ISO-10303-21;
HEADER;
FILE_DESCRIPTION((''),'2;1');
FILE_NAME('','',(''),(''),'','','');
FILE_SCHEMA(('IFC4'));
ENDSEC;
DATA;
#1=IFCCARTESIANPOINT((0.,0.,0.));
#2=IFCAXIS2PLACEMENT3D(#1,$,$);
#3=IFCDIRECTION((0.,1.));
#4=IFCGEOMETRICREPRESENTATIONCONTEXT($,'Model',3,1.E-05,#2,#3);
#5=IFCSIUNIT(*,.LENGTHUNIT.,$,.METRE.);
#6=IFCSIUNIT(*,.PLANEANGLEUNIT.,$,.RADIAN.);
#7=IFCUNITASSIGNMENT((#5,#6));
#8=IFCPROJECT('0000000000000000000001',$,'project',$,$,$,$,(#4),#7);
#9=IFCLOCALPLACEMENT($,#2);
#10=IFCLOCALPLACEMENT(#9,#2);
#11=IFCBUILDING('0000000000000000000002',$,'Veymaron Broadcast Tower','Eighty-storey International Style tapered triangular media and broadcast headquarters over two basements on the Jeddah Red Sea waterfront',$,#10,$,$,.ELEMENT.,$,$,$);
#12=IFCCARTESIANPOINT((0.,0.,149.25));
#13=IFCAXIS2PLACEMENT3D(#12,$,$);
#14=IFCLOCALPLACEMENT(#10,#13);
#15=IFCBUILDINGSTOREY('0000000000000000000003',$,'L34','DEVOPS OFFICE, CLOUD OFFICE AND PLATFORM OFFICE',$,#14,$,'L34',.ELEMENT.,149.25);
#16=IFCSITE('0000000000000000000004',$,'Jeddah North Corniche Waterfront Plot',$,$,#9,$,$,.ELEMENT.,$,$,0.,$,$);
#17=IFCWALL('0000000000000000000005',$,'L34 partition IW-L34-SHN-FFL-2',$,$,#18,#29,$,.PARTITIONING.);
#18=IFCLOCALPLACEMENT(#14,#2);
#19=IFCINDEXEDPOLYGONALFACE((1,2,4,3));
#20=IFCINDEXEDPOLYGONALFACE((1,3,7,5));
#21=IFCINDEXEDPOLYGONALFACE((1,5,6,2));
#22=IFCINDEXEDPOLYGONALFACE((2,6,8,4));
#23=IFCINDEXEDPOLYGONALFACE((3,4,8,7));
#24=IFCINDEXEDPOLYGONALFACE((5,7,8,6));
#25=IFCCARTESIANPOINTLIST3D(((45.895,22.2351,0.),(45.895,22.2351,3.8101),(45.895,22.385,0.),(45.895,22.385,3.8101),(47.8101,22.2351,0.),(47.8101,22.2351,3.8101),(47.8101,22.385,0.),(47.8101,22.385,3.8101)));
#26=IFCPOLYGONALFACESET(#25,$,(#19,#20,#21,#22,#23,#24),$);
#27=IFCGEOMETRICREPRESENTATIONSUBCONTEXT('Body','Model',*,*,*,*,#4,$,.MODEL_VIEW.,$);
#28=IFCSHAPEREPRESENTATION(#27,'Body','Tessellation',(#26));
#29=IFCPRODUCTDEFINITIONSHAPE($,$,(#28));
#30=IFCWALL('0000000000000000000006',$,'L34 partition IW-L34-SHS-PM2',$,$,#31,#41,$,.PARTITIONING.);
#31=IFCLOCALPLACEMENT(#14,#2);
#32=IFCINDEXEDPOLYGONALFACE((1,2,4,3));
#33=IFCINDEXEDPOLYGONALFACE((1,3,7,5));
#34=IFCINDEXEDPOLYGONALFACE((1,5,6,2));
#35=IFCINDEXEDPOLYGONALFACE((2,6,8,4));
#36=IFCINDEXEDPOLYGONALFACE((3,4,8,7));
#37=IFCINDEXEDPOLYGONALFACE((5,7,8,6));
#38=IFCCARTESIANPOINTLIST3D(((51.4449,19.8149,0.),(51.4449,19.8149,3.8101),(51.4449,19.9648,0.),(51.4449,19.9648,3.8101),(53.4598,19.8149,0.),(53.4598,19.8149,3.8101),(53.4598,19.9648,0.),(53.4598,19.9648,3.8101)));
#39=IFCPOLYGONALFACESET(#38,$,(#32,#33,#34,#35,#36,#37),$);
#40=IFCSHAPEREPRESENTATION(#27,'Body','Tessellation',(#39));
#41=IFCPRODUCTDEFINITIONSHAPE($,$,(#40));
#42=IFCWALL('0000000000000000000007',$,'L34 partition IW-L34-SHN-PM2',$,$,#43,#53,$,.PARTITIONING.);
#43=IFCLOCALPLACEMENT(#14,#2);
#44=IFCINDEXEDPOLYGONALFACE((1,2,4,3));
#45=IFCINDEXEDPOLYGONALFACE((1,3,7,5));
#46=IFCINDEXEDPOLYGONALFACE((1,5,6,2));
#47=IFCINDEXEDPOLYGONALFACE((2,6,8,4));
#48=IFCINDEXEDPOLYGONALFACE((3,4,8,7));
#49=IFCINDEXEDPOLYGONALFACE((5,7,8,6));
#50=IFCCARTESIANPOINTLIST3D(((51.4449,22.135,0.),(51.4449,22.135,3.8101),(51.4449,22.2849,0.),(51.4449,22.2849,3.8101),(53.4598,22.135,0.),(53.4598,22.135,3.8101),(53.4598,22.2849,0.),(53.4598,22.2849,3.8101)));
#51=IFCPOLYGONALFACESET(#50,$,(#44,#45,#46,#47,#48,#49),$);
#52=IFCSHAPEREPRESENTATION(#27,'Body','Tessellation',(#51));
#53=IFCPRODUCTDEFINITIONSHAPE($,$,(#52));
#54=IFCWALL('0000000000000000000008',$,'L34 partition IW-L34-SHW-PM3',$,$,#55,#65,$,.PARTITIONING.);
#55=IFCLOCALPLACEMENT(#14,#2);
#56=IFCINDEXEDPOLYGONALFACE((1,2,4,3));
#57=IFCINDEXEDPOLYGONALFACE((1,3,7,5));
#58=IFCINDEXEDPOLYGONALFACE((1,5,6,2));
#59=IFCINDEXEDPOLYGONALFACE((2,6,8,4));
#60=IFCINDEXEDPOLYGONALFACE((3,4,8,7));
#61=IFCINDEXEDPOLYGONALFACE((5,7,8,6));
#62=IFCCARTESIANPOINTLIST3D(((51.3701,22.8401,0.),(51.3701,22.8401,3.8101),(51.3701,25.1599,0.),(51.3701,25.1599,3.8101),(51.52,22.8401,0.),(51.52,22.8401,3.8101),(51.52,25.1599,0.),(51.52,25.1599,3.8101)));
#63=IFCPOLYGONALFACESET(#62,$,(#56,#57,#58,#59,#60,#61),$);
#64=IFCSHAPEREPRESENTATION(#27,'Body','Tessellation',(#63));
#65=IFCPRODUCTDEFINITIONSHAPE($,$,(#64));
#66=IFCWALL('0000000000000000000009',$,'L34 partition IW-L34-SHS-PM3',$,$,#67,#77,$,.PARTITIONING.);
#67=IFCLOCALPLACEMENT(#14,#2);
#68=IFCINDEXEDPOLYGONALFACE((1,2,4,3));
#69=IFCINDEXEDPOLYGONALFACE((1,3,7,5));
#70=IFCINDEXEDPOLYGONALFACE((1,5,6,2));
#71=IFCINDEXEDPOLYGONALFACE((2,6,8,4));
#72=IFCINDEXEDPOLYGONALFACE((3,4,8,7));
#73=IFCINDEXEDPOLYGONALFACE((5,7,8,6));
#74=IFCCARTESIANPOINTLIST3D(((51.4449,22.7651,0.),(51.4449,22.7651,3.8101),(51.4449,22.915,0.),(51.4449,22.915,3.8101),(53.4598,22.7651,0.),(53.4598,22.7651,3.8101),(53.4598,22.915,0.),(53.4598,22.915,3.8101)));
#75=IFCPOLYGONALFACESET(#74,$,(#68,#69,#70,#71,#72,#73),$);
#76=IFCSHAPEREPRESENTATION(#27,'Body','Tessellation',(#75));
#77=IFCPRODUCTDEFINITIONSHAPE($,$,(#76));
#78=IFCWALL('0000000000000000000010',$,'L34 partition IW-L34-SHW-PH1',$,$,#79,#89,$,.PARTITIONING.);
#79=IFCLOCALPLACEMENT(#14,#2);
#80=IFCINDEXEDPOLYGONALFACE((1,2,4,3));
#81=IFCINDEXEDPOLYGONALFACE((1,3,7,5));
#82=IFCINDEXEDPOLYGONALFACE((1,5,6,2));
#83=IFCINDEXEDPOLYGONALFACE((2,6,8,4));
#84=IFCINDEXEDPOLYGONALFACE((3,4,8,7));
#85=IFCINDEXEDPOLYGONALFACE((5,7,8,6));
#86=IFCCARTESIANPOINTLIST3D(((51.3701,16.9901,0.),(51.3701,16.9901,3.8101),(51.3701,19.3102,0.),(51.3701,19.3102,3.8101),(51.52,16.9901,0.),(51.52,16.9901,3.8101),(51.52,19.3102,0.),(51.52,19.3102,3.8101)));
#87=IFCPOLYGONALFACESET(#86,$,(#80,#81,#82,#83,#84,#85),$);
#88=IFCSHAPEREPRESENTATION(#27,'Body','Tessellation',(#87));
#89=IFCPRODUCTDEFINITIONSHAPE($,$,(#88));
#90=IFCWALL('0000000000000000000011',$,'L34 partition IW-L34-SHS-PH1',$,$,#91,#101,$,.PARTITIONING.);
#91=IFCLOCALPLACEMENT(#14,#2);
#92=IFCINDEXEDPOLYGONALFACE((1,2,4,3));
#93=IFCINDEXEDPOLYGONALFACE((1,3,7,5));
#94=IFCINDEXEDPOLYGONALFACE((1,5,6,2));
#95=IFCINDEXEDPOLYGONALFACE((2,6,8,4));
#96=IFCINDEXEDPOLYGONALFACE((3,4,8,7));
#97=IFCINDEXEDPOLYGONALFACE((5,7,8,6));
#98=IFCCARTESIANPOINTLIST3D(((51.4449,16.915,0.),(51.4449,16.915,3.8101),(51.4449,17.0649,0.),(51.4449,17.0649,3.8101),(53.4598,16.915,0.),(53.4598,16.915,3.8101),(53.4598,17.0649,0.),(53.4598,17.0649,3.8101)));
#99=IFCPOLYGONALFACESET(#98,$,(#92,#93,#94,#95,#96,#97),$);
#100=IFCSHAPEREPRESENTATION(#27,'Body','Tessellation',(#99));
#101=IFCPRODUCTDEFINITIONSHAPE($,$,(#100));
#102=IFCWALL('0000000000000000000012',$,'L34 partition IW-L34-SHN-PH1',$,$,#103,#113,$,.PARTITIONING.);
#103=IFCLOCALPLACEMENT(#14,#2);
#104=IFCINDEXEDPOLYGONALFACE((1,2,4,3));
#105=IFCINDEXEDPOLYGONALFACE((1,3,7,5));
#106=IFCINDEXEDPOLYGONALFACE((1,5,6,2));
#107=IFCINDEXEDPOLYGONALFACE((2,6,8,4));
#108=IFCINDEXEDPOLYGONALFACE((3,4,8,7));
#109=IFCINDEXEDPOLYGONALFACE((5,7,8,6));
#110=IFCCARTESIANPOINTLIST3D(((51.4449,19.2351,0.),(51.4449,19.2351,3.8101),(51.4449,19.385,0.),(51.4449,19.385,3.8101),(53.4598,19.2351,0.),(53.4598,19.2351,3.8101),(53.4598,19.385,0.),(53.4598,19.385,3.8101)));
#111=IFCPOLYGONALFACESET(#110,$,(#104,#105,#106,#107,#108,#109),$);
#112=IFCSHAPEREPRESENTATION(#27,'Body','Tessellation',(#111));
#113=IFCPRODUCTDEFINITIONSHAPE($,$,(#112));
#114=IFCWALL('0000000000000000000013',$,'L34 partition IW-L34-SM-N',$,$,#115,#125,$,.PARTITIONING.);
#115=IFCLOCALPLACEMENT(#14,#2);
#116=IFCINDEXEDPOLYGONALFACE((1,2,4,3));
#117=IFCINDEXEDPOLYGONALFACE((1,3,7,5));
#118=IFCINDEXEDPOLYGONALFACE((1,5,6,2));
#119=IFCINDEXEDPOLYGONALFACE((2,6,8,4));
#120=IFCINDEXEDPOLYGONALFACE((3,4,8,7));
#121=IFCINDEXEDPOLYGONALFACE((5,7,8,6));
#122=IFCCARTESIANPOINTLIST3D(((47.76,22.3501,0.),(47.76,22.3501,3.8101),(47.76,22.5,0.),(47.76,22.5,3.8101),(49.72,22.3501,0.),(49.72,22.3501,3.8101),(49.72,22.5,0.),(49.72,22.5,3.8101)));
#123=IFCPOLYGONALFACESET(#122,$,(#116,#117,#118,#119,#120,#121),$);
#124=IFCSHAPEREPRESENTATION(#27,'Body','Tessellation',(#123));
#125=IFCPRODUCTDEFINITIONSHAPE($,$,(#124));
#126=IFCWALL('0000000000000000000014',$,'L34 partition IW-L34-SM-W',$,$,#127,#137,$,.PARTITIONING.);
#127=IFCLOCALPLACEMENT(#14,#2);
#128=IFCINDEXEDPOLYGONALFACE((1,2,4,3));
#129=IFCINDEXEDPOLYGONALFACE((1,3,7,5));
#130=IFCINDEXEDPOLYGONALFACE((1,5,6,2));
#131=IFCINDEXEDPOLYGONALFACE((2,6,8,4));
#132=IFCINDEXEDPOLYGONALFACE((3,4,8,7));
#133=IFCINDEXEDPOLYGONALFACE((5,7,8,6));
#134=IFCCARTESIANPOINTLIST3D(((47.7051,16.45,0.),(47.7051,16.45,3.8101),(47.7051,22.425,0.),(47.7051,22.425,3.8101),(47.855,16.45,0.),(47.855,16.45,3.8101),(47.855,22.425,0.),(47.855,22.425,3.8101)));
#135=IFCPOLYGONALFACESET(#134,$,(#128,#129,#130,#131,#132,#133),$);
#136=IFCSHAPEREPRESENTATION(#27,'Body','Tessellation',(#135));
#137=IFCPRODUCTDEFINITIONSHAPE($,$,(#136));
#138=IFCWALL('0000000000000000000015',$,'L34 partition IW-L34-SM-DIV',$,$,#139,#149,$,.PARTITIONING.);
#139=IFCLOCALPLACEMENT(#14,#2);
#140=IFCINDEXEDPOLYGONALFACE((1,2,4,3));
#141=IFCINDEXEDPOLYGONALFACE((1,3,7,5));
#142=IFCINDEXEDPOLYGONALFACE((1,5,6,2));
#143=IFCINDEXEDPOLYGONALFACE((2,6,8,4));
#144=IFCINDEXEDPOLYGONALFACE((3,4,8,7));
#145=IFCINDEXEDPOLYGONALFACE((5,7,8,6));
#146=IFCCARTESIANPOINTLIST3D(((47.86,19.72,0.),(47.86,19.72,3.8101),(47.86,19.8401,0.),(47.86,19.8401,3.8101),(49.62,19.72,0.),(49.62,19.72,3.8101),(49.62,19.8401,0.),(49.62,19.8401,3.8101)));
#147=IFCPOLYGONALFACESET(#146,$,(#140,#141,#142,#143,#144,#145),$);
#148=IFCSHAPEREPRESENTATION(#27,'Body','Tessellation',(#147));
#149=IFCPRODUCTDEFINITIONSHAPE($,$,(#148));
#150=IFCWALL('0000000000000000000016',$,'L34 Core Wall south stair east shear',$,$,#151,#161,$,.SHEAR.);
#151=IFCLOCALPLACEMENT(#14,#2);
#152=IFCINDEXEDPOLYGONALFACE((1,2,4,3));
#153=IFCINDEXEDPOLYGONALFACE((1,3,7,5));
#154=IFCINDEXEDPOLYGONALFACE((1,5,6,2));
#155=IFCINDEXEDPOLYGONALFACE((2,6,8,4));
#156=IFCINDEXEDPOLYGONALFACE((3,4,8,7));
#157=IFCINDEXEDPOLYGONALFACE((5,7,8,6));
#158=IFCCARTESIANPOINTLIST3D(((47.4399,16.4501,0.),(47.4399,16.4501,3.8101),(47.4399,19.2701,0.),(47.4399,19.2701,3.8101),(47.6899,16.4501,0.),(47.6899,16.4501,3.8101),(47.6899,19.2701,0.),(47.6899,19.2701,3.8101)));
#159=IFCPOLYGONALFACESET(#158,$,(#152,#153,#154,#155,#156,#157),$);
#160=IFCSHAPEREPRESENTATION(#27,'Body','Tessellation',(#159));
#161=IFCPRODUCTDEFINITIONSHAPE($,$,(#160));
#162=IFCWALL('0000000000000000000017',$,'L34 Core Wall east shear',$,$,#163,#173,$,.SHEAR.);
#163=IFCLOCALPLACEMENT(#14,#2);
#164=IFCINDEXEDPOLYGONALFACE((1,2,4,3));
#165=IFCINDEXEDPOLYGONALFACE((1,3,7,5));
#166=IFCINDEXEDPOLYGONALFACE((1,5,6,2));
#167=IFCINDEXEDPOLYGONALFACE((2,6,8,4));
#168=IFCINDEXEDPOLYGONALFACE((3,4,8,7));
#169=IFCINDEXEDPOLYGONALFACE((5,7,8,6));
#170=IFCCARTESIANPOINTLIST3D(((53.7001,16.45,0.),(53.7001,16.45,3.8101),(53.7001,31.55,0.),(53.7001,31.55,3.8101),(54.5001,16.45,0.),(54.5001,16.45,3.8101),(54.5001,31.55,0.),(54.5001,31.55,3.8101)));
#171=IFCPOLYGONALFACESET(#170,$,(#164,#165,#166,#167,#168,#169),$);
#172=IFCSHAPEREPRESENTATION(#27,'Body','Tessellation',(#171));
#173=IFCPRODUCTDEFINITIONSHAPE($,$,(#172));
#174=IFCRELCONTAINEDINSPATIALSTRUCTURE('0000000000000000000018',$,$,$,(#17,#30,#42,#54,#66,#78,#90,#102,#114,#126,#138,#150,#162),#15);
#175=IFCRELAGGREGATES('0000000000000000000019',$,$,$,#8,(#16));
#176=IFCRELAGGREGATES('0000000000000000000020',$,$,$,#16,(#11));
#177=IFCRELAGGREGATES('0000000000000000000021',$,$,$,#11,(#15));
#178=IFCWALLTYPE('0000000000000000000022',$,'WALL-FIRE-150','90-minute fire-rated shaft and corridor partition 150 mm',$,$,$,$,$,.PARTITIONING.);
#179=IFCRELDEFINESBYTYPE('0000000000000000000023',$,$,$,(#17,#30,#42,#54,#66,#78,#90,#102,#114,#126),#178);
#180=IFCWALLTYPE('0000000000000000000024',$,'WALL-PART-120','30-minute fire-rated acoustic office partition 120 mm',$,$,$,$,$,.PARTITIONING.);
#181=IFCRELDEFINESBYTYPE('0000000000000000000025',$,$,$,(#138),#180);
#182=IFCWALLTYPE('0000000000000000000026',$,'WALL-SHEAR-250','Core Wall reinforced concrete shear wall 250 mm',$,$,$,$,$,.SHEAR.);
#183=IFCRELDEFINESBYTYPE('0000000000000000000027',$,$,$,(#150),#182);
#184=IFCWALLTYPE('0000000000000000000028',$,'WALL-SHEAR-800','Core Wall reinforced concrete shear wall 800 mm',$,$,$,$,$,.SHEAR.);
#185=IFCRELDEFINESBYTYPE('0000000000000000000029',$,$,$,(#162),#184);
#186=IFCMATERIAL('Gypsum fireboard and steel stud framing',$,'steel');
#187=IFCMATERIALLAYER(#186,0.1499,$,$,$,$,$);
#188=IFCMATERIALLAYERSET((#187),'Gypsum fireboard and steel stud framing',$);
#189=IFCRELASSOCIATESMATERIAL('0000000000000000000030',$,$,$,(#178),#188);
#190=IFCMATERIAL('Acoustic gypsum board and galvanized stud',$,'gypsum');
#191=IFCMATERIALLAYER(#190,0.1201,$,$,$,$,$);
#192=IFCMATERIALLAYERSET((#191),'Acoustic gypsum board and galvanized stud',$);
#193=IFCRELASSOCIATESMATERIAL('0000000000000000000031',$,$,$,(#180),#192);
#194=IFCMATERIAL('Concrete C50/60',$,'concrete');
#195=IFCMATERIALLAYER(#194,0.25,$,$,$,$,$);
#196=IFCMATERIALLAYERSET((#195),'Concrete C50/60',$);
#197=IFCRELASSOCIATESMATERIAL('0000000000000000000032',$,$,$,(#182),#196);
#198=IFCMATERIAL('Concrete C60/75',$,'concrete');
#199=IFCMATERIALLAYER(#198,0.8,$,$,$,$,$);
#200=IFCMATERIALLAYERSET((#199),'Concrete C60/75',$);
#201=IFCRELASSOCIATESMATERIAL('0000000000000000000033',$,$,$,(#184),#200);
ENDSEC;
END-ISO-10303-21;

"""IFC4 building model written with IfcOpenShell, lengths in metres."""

from ifc_helpers import new_model, si_unit, direction, frame, frame_2d, origin, place, context, subcontext, project, spatial, rectangle, extrude, material, layer, layer_set, type_object, element, save


model = new_model("IFC4")

# Units and contexts
model_context = context("Model", 3, precision=1e-05, world=origin(), true_north=direction((0.0, 1.0)))
body_context = subcontext(model_context, "Body", "Model", "MODEL_VIEW")
ifc_project = project(units=[si_unit("LENGTHUNIT", "METRE"), si_unit("PLANEANGLEUNIT", "RADIAN")], contexts=[model_context])

# Site, building, storey
site_placement = place(None, origin())
site = spatial("IfcSite", under=ifc_project, at=site_placement, Name="Jeddah North Corniche Waterfront Plot", CompositionType="ELEMENT", RefElevation=0.0)
building_placement = place(site_placement, origin())
building = spatial("IfcBuilding", under=site, at=building_placement, Name="Veymaron Broadcast Tower", Description="Eighty-storey International Style tapered triangular media and broadcast headquarters over two basements on the Jeddah Red Sea waterfront", CompositionType="ELEMENT")
storey_placement = place(building_placement, frame((0.0, 0.0, 149.25)))
storey = spatial("IfcBuildingStorey", under=building, at=storey_placement, Name="L34", Description="DEVOPS OFFICE, CLOUD OFFICE AND PLATFORM OFFICE", LongName="L34", CompositionType="ELEMENT", Elevation=149.25)

# Shared definitions
ifc_material_1 = material(Name="Gypsum fireboard and steel stud framing", Category="steel")
ifc_layer_1 = layer(ifc_material_1, 0.1499)
ifc_layer_set_1 = layer_set([ifc_layer_1], Name="Gypsum fireboard and steel stud framing")
wall_type_1 = type_object("IfcWallType", Name="WALL-FIRE-150", Description="90-minute fire-rated shaft and corridor partition 150 mm", PredefinedType="PARTITIONING", material=ifc_layer_set_1)

# Wall
wall_1_placement = place(storey_placement, frame((45.895, 22.3101, 0.0), z_axis=(0.0, 0.0, 1.0), x_axis=(1.0, 0.0, 0.0)))
element("IfcWall", 1, at=wall_1_placement, inside=storey, type_object=wall_type_1, Name="L34 partition IW-L34-SHN-FFL-2", PredefinedType="PARTITIONING", context=body_context, shape_type="SweptSolid", body=[
    extrude(rectangle(XDim=1.915, YDim=0.1499, at=frame_2d((0.9575, 0.0))), origin(), (0.0, 0.0, 1.0), 3.8101),
])

# Walls
for number, where, z_axis, x_axis, name in (
    (2, (51.4451, 19.8899, 0.0), (0.0, 0.0, 1.0), (1.0, 0.0, 0.0), "L34 partition IW-L34-SHS-PM2"),
    (3, (51.4451, 22.21, 0.0), (0.0, 0.0, 1.0), (1.0, 0.0, 0.0), "L34 partition IW-L34-SHN-PM2"),
):
    element("IfcWall", number, at=place(storey_placement, frame(where, z_axis=z_axis, x_axis=x_axis)), inside=storey, type_object=wall_type_1, Name=name, PredefinedType="PARTITIONING", context=body_context, shape_type="SweptSolid", body=[
        extrude(rectangle(XDim=2.0149, YDim=0.1499, at=frame_2d((1.0073, 0.0))), origin(), (0.0, 0.0, 1.0), 3.8101),
    ])
wall_2_placement = place(storey_placement, frame((51.4451, 22.8401, 0.0), z_axis=(0.0, 0.0, 1.0), x_axis=(0.0, 1.0, 0.0)))
element("IfcWall", 4, at=wall_2_placement, inside=storey, type_object=wall_type_1, Name="L34 partition IW-L34-SHW-PM3", PredefinedType="PARTITIONING", context=body_context, shape_type="SweptSolid", body=[
    extrude(rectangle(XDim=2.3198, YDim=0.1499, at=frame_2d((1.1599, 0.0))), origin(), (0.0, 0.0, 1.0), 3.8101),
])
wall_3_placement = place(storey_placement, frame((51.4451, 22.8401, 0.0), z_axis=(0.0, 0.0, 1.0), x_axis=(1.0, 0.0, 0.0)))
element("IfcWall", 5, at=wall_3_placement, inside=storey, type_object=wall_type_1, Name="L34 partition IW-L34-SHS-PM3", PredefinedType="PARTITIONING", context=body_context, shape_type="SweptSolid", body=[
    extrude(rectangle(XDim=2.0149, YDim=0.1499, at=frame_2d((1.0073, 0.0))), origin(), (0.0, 0.0, 1.0), 3.8101),
])
wall_4_placement = place(storey_placement, frame((51.4451, 16.99, 0.0), z_axis=(0.0, 0.0, 1.0), x_axis=(0.0, 1.0, 0.0)))
element("IfcWall", 6, at=wall_4_placement, inside=storey, type_object=wall_type_1, Name="L34 partition IW-L34-SHW-PH1", PredefinedType="PARTITIONING", context=body_context, shape_type="SweptSolid", body=[
    extrude(rectangle(XDim=2.3201, YDim=0.1499, at=frame_2d((1.1602, 0.0))), origin(), (0.0, 0.0, 1.0), 3.8101),
])
for number, where, z_axis, x_axis, name in (
    (7, (51.4451, 16.99, 0.0), (0.0, 0.0, 1.0), (1.0, 0.0, 0.0), "L34 partition IW-L34-SHS-PH1"),
    (8, (51.4451, 19.3101, 0.0), (0.0, 0.0, 1.0), (1.0, 0.0, 0.0), "L34 partition IW-L34-SHN-PH1"),
):
    element("IfcWall", number, at=place(storey_placement, frame(where, z_axis=z_axis, x_axis=x_axis)), inside=storey, type_object=wall_type_1, Name=name, PredefinedType="PARTITIONING", context=body_context, shape_type="SweptSolid", body=[
        extrude(rectangle(XDim=2.0149, YDim=0.1499, at=frame_2d((1.0073, 0.0))), origin(), (0.0, 0.0, 1.0), 3.8101),
    ])

# Walls
wall_5_placement = place(storey_placement, frame((47.76, 22.425, 0.0), z_axis=(0.0, 0.0, 1.0), x_axis=(1.0, 0.0, 0.0)))
element("IfcWall", 9, at=wall_5_placement, inside=storey, type_object=wall_type_1, Name="L34 partition IW-L34-SM-N", PredefinedType="PARTITIONING", context=body_context, shape_type="SweptSolid", body=[
    extrude(rectangle(XDim=1.96, YDim=0.1499, at=frame_2d((0.98, 0.0))), origin(), (0.0, 0.0, 1.0), 3.8101),
])
wall_6_placement = place(storey_placement, frame((47.78, 16.45, 0.0), z_axis=(0.0, 0.0, 1.0), x_axis=(0.0, 1.0, 0.0)))
element("IfcWall", 10, at=wall_6_placement, inside=storey, type_object=wall_type_1, Name="L34 partition IW-L34-SM-W", PredefinedType="PARTITIONING", context=body_context, shape_type="SweptSolid", body=[
    extrude(rectangle(XDim=5.9751, YDim=0.1499, at=frame_2d((2.9875, 0.0))), origin(), (0.0, 0.0, 1.0), 3.8101),
])
ifc_material_2 = material(Name="Acoustic gypsum board and galvanized stud", Category="gypsum")
ifc_layer_2 = layer(ifc_material_2, 0.1201)
ifc_layer_set_2 = layer_set([ifc_layer_2], Name="Acoustic gypsum board and galvanized stud")
wall_type_2 = type_object("IfcWallType", Name="WALL-PART-120", Description="30-minute fire-rated acoustic office partition 120 mm", PredefinedType="PARTITIONING", material=ifc_layer_set_2)
wall_7_placement = place(storey_placement, frame((47.8601, 19.78, 0.0), z_axis=(0.0, 0.0, 1.0), x_axis=(1.0, 0.0, 0.0)))
element("IfcWall", 11, at=wall_7_placement, inside=storey, type_object=wall_type_2, Name="L34 partition IW-L34-SM-DIV", PredefinedType="PARTITIONING", context=body_context, shape_type="SweptSolid", body=[
    extrude(rectangle(XDim=1.76, YDim=0.1201, at=frame_2d((0.8799, 0.0))), origin(), (0.0, 0.0, 1.0), 3.8101),
])

# Walls
ifc_material_3 = material(Name="Concrete C50/60", Category="concrete")
ifc_layer_3 = layer(ifc_material_3, 0.25)
ifc_layer_set_3 = layer_set([ifc_layer_3], Name="Concrete C50/60")
wall_type_3 = type_object("IfcWallType", Name="WALL-SHEAR-250", Description="Core Wall reinforced concrete shear wall 250 mm", PredefinedType="SHEAR", material=ifc_layer_set_3)
wall_8_placement = place(storey_placement, frame((47.5649, 16.45, 0.0), z_axis=(0.0, 0.0, 1.0), x_axis=(0.0, 1.0, 0.0)))
element("IfcWall", 12, at=wall_8_placement, inside=storey, type_object=wall_type_3, Name="L34 Core Wall south stair east shear", PredefinedType="SHEAR", context=body_context, shape_type="SweptSolid", body=[
    extrude(rectangle(XDim=2.8201, YDim=0.25, at=frame_2d((1.4102, 0.0))), origin(), (0.0, 0.0, 1.0), 3.8101),
])
ifc_material_4 = material(Name="Concrete C60/75", Category="concrete")
ifc_layer_4 = layer(ifc_material_4, 0.8)
ifc_layer_set_4 = layer_set([ifc_layer_4], Name="Concrete C60/75")
wall_type_4 = type_object("IfcWallType", Name="WALL-SHEAR-800", Description="Core Wall reinforced concrete shear wall 800 mm", PredefinedType="SHEAR", material=ifc_layer_set_4)
wall_9_placement = place(storey_placement, frame((54.1001, 16.45, 0.0), z_axis=(0.0, 0.0, 1.0), x_axis=(0.0, 1.0, 0.0)))
element("IfcWall", 13, at=wall_9_placement, inside=storey, type_object=wall_type_4, Name="L34 Core Wall east shear", PredefinedType="SHEAR", context=body_context, shape_type="SweptSolid", body=[
    extrude(rectangle(XDim=15.1001, YDim=0.8, at=frame_2d((7.55, 0.0))), origin(), (0.0, 0.0, 1.0), 3.8101),
])

save(model, "model.ifc")
